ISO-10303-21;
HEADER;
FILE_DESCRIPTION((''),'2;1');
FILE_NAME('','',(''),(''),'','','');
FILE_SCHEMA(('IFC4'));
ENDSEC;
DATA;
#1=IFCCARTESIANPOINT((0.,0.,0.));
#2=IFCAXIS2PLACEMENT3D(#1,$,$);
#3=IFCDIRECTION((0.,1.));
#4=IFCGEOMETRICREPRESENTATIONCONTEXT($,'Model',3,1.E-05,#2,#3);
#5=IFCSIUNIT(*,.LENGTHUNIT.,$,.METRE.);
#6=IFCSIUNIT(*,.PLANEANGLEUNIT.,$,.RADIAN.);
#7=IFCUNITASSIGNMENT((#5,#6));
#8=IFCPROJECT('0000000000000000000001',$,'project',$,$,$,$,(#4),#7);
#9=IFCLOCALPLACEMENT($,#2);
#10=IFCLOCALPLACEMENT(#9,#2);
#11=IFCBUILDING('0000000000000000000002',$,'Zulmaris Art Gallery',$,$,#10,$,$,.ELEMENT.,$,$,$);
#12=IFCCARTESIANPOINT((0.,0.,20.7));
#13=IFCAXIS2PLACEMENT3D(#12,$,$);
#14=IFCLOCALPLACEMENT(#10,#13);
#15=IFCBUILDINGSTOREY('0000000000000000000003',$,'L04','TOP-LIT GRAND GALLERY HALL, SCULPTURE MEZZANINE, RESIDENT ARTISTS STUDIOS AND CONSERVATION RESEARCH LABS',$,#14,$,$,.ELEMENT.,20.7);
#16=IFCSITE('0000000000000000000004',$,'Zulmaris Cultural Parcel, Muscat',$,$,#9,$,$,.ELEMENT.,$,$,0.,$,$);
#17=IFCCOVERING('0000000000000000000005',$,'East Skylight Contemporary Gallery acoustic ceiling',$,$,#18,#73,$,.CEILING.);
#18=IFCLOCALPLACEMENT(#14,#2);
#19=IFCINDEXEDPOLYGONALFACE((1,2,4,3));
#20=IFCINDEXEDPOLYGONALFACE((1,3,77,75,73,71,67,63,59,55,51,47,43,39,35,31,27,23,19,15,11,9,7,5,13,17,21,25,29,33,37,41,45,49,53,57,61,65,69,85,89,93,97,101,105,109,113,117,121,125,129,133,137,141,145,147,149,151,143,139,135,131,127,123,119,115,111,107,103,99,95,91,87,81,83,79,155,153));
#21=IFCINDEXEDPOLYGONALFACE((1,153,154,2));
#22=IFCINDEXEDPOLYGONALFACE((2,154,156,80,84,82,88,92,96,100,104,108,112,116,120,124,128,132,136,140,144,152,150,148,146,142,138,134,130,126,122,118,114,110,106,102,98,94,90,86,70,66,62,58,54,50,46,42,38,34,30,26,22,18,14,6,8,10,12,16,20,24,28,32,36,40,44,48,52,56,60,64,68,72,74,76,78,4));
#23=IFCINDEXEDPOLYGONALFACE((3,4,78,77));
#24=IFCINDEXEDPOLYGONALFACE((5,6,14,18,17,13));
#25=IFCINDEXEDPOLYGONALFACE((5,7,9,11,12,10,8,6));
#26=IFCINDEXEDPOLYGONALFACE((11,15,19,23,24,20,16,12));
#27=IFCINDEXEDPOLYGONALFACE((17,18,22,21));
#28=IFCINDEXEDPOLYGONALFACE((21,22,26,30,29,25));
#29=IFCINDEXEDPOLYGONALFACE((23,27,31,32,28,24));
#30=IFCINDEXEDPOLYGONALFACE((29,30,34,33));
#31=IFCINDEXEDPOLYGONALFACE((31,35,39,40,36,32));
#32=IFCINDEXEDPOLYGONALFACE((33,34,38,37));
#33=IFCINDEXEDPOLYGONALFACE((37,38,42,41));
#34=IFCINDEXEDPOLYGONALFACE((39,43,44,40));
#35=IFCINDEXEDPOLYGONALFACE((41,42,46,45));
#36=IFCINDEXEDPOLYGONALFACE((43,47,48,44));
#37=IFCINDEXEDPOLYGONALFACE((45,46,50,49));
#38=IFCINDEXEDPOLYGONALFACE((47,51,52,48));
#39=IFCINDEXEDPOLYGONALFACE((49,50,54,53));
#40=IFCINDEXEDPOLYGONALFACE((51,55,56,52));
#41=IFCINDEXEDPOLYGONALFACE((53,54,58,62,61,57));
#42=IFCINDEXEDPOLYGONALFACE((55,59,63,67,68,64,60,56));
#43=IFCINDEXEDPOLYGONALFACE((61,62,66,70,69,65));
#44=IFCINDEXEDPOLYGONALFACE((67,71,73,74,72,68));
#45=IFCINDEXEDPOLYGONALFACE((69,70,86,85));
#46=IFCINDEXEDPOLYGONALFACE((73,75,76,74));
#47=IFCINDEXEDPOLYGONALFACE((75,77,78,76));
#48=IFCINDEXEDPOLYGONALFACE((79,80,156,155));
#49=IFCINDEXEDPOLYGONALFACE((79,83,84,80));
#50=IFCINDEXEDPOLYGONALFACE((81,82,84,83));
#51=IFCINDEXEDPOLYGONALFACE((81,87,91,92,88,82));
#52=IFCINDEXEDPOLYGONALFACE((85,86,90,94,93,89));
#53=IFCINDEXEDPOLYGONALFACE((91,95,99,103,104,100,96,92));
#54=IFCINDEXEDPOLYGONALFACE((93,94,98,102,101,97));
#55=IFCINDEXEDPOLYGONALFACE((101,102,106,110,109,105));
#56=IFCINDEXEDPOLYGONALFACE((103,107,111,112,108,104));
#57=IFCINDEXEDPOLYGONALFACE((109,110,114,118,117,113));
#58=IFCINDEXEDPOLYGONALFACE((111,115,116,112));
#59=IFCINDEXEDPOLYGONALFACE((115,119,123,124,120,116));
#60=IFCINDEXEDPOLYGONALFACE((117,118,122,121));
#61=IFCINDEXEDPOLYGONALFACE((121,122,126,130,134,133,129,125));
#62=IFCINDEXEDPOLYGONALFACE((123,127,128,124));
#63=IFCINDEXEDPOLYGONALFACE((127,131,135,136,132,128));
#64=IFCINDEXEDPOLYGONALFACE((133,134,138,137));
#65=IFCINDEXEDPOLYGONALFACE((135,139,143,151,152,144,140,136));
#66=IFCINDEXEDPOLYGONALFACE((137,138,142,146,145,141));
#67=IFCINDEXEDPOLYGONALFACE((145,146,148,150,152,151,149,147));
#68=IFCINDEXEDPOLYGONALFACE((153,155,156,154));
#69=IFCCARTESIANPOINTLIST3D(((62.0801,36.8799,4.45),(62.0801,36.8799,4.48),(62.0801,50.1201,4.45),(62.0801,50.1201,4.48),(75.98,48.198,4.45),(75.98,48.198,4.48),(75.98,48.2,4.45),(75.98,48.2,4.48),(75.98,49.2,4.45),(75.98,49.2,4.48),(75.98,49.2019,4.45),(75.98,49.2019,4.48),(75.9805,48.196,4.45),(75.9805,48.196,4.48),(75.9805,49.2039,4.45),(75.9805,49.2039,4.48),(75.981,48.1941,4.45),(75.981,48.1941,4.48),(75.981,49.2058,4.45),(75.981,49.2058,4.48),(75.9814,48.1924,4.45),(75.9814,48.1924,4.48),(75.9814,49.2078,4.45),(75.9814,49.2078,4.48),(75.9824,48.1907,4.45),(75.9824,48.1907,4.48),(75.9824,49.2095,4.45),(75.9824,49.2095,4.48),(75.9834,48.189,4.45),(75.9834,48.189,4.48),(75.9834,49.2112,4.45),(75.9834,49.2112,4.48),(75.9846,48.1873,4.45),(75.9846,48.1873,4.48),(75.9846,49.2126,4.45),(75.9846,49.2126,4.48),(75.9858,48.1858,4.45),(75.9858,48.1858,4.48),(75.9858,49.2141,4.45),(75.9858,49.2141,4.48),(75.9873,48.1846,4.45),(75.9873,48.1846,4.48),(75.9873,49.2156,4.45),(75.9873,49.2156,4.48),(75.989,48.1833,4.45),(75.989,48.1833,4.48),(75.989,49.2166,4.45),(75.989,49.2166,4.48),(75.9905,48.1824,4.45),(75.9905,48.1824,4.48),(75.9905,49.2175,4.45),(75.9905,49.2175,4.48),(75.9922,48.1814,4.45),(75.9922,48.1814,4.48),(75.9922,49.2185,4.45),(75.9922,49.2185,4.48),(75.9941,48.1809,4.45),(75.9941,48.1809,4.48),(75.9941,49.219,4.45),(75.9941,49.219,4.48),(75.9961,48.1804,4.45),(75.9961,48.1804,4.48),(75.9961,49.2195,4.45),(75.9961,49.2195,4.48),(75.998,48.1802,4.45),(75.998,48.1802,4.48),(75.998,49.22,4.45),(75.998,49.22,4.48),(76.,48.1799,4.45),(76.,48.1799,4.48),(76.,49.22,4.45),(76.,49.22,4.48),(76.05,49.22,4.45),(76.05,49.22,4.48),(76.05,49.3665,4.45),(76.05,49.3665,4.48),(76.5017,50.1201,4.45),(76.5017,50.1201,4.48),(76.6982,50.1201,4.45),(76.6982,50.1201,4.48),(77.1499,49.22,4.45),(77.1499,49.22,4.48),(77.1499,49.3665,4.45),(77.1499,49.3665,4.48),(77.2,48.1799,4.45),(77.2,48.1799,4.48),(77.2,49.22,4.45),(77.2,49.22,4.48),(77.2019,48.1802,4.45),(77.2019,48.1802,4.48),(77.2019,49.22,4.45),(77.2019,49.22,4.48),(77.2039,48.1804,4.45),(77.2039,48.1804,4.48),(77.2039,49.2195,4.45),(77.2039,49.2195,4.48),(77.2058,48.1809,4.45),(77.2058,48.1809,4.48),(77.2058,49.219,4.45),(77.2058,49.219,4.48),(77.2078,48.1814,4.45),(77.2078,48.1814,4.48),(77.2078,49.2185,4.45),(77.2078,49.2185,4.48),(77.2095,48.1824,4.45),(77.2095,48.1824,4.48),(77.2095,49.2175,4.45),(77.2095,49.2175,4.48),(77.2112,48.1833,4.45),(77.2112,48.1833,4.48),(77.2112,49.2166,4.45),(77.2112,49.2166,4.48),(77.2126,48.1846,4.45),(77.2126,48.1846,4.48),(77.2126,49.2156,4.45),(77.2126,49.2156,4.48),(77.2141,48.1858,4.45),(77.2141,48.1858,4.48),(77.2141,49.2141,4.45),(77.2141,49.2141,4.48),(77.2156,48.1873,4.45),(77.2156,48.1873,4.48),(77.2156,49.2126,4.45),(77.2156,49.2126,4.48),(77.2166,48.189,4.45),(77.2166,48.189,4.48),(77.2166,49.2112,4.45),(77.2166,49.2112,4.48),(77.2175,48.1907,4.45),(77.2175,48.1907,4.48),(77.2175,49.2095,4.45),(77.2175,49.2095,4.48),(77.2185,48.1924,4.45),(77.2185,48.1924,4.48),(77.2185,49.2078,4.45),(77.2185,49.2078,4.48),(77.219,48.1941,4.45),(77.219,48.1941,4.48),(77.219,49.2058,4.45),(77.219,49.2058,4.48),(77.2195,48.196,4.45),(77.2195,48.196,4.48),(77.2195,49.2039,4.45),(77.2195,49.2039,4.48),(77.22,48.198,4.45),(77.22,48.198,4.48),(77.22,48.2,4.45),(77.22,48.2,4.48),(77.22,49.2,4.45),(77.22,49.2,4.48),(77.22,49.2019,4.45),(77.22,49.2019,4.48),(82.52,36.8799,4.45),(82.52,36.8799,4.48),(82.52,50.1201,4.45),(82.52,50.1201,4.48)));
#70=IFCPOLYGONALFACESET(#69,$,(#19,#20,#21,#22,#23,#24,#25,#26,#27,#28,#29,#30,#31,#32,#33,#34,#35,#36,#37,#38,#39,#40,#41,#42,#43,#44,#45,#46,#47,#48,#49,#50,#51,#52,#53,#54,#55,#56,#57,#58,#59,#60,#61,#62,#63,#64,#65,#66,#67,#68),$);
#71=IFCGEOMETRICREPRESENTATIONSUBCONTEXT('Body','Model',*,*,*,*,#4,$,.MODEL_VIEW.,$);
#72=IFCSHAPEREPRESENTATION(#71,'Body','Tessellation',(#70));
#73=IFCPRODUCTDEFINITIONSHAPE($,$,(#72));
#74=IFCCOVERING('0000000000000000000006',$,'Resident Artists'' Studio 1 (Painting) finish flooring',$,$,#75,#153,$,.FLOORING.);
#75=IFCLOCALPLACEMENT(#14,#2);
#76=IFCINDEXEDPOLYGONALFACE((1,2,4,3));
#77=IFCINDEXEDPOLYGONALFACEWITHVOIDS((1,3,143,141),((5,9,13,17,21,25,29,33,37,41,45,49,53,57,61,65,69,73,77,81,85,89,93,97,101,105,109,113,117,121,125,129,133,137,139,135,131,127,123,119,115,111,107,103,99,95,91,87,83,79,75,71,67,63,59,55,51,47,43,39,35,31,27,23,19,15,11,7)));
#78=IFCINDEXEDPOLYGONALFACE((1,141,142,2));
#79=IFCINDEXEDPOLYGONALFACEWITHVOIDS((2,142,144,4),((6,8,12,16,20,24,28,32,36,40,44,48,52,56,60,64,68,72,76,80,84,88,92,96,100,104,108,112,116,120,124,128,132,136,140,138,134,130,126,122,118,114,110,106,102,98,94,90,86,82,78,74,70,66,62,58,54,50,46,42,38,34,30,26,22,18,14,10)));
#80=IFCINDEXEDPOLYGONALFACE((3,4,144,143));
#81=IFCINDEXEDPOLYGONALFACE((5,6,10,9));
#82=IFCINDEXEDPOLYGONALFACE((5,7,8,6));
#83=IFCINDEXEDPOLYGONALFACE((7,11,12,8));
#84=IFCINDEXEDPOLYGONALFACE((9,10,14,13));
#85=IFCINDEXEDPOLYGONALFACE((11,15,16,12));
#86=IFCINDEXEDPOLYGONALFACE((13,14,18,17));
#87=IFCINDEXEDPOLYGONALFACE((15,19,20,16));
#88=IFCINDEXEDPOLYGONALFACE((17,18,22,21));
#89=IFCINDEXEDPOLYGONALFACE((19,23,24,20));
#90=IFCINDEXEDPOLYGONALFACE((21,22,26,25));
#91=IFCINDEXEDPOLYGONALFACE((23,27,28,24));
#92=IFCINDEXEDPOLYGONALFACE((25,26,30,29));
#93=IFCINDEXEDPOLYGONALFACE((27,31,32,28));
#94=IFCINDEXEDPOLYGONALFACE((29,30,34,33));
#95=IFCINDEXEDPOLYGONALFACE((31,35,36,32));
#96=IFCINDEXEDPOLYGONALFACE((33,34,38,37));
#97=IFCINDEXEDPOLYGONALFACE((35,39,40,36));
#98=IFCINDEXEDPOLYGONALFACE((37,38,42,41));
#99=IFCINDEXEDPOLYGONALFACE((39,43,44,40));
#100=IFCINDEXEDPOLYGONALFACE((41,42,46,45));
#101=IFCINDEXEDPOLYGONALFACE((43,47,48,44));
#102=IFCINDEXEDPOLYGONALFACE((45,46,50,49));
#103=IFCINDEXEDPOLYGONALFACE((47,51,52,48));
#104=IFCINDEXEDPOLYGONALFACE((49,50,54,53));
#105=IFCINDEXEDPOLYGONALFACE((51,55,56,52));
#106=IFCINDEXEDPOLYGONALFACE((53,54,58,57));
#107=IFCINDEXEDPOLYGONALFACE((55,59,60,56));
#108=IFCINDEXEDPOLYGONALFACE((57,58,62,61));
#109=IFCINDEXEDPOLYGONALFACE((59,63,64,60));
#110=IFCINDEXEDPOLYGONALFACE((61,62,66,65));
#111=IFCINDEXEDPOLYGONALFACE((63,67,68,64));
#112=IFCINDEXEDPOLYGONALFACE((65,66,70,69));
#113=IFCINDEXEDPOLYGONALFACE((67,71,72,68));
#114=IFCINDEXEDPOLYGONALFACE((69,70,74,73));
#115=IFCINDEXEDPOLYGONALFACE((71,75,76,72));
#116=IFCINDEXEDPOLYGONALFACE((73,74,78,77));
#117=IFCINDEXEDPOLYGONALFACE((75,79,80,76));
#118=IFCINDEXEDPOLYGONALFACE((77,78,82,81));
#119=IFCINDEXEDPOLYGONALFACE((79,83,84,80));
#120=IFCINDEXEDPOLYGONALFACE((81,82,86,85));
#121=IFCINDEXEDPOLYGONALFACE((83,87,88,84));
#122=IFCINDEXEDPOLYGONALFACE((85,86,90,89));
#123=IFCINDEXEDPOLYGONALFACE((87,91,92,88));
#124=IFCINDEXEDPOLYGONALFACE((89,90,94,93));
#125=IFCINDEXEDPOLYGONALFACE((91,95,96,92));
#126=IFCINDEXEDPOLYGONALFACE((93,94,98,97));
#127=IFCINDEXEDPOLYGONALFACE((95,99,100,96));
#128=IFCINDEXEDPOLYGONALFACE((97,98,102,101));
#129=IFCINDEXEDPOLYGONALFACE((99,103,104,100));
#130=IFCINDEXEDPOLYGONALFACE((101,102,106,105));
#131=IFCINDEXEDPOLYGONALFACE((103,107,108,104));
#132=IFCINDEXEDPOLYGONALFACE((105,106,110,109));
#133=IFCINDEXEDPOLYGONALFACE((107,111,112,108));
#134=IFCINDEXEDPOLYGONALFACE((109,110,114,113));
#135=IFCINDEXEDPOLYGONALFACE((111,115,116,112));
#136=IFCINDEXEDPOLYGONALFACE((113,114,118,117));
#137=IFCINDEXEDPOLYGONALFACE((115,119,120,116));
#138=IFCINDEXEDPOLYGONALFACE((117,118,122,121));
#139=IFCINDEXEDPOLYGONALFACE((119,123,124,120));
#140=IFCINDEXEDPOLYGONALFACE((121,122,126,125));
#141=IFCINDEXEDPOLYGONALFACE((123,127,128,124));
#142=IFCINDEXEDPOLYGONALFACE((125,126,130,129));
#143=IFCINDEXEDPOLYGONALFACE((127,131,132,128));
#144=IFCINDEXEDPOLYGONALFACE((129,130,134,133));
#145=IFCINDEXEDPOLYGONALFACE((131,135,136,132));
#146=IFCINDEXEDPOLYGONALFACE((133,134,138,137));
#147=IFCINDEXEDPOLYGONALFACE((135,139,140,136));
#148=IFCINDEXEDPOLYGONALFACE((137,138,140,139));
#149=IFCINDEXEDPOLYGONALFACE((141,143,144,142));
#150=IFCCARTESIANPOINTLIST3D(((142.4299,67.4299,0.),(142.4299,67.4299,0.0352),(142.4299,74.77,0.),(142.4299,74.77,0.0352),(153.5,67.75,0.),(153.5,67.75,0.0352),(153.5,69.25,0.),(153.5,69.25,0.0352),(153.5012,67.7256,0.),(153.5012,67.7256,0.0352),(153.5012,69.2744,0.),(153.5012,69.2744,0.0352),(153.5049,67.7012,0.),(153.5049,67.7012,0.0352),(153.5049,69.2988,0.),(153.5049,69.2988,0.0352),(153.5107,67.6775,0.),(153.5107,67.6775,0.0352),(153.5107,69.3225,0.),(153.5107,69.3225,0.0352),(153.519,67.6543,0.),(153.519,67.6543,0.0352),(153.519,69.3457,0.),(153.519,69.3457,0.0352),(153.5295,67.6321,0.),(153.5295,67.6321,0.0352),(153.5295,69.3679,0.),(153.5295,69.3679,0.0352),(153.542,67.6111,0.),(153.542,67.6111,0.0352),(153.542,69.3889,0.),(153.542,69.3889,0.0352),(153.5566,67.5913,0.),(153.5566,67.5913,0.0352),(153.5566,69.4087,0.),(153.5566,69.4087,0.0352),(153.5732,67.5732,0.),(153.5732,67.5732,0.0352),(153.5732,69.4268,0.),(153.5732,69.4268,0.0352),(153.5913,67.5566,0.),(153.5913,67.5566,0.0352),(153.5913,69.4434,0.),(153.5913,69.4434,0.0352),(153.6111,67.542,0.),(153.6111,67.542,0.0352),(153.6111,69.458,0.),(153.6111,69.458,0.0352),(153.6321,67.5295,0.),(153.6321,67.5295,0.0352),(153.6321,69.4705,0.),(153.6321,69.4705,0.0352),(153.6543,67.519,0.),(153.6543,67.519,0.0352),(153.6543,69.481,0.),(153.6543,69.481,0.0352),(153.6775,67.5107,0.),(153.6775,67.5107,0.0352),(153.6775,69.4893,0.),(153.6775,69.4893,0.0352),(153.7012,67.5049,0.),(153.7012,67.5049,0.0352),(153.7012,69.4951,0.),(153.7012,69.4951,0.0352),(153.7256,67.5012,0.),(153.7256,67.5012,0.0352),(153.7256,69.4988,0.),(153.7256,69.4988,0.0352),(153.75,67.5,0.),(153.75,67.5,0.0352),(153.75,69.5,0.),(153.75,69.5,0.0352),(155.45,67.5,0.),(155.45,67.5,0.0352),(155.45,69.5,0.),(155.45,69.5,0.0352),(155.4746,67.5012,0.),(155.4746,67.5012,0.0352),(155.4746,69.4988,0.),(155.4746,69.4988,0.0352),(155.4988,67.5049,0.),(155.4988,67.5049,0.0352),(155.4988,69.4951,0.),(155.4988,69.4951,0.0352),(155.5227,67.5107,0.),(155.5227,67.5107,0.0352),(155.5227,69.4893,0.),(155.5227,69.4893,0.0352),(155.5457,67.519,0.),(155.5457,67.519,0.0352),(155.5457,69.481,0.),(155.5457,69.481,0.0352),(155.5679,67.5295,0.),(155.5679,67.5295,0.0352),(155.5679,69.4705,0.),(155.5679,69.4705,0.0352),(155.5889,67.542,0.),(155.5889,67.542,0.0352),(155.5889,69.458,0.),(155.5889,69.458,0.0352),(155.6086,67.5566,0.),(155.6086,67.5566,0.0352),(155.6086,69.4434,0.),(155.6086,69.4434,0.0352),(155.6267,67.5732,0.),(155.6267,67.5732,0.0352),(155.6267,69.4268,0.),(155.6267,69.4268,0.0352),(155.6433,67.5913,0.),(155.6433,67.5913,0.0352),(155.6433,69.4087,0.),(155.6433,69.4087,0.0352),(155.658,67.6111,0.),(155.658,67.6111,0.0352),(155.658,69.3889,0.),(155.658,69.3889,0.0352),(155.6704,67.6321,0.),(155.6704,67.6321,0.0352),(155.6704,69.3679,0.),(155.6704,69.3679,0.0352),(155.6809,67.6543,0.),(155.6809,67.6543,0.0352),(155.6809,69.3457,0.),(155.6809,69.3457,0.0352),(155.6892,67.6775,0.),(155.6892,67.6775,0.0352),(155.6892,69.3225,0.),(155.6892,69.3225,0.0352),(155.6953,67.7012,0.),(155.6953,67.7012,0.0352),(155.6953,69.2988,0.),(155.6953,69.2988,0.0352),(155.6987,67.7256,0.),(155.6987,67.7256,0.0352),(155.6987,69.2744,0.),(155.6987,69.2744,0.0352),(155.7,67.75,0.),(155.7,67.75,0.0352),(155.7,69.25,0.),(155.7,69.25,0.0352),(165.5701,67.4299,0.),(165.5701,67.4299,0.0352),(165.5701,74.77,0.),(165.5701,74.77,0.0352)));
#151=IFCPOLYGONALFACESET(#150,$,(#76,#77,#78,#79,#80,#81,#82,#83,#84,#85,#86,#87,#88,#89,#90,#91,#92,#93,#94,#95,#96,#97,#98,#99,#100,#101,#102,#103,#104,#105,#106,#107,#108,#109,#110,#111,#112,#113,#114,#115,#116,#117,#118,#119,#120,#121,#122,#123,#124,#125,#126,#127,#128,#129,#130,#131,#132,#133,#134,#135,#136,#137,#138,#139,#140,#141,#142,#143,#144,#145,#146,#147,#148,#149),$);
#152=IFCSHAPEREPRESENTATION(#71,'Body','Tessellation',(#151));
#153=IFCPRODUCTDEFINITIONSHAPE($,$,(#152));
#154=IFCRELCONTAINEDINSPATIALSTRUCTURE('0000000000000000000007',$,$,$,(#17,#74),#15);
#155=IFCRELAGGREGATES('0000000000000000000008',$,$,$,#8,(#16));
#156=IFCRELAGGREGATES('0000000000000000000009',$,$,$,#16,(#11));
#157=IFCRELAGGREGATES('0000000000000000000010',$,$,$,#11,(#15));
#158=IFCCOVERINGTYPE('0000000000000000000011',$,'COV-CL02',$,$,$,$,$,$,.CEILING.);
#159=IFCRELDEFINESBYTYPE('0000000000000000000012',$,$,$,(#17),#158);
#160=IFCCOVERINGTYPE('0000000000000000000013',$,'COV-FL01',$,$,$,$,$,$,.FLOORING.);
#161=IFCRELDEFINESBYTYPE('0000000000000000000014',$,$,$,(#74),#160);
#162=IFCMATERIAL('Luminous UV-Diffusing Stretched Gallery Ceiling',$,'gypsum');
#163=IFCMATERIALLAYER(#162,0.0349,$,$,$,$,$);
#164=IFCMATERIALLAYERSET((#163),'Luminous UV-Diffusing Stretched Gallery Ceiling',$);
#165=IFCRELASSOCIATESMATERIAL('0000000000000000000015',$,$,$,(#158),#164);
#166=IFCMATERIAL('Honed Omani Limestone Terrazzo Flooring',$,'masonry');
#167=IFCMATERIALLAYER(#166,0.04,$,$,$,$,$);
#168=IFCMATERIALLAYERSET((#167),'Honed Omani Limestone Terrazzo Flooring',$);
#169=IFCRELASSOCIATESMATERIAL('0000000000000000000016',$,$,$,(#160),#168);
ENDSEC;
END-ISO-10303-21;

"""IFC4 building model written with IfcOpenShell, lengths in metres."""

from ifc_helpers import new_model, si_unit, direction, frame, origin, place, context, subcontext, project, spatial, polyline, outline, extrude, material, layer, layer_set, type_object, element, save


model = new_model("IFC4")

# Units and contexts
model_context = context("Model", 3, precision=1e-05, world=origin(), true_north=direction((0.0, 1.0)))
body_context = subcontext(model_context, "Body", "Model", "MODEL_VIEW")
ifc_project = project(units=[si_unit("LENGTHUNIT", "METRE"), si_unit("PLANEANGLEUNIT", "RADIAN")], contexts=[model_context])

# Site, building, storey
site_placement = place(None, origin())
site = spatial("IfcSite", under=ifc_project, at=site_placement, Name="Zulmaris Cultural Parcel, Muscat", CompositionType="ELEMENT", RefElevation=0.0)
building_placement = place(site_placement, origin())
building = spatial("IfcBuilding", under=site, at=building_placement, Name="Zulmaris Art Gallery", CompositionType="ELEMENT")
storey_placement = place(building_placement, frame((0.0, 0.0, 20.7)))
storey = spatial("IfcBuildingStorey", under=building, at=storey_placement, Name="L04", Description="TOP-LIT GRAND GALLERY HALL, SCULPTURE MEZZANINE, RESIDENT ARTISTS STUDIOS AND CONSERVATION RESEARCH LABS", CompositionType="ELEMENT", Elevation=20.7)

# Coverings
ifc_material_1 = material(Name="Luminous UV-Diffusing Stretched Gallery Ceiling", Category="gypsum")
ifc_layer_1 = layer(ifc_material_1, 0.0349)
ifc_layer_set_1 = layer_set([ifc_layer_1], Name="Luminous UV-Diffusing Stretched Gallery Ceiling")
covering_type_1 = type_object("IfcCoveringType", Name="COV-CL02", PredefinedType="CEILING", material=ifc_layer_set_1)
covering_1_placement = place(storey_placement, frame((0.0, 0.0, 4.45)))
element("IfcCovering", 1, at=covering_1_placement, inside=storey, type_object=covering_type_1, Name="East Skylight Contemporary Gallery acoustic ceiling", PredefinedType="CEILING", context=body_context, shape_type="SweptSolid", body=[
    extrude(outline(polyline([(77.1499, 49.3665), (76.6982, 50.1201), (82.52, 50.1201), (82.52, 36.8799), (62.0801, 36.8799), (62.0801, 50.1201), (76.5017, 50.1201), (76.05, 49.3665), (76.05, 49.22), (76.0, 49.22), (75.998, 49.22), (75.9961, 49.2195), (75.9941, 49.219), (75.9922, 49.2185), (75.9905, 49.2175), (75.989, 49.2166), (75.9873, 49.2156), (75.9858, 49.2141), (75.9846, 49.2126), (75.9834, 49.2112), (75.9824, 49.2095), (75.9814, 49.2078), (75.981, 49.2058), (75.9805, 49.2039), (75.98, 49.2019), (75.98, 49.2), (75.98, 48.2), (75.98, 48.198), (75.9805, 48.196), (75.981, 48.1941), (75.9814, 48.1924), (75.9824, 48.1907), (75.9834, 48.189), (75.9846, 48.1873), (75.9858, 48.1858), (75.9873, 48.1846), (75.989, 48.1833), (75.9905, 48.1824), (75.9922, 48.1814), (75.9941, 48.1809), (75.9961, 48.1804), (75.998, 48.1802), (76.0, 48.1799), (77.2, 48.1799), (77.2019, 48.1802), (77.2039, 48.1804), (77.2058, 48.1809), (77.2078, 48.1814), (77.2095, 48.1824), (77.2112, 48.1833), (77.2126, 48.1846), (77.2141, 48.1858), (77.2156, 48.1873), (77.2166, 48.189), (77.2175, 48.1907), (77.2185, 48.1924), (77.219, 48.1941), (77.2195, 48.196), (77.22, 48.198), (77.22, 48.2), (77.22, 49.2), (77.22, 49.2019), (77.2195, 49.2039), (77.219, 49.2058), (77.2185, 49.2078), (77.2175, 49.2095), (77.2166, 49.2112), (77.2156, 49.2126), (77.2141, 49.2141), (77.2126, 49.2156), (77.2112, 49.2166), (77.2095, 49.2175), (77.2078, 49.2185), (77.2058, 49.219), (77.2039, 49.2195), (77.2019, 49.22), (77.2, 49.22), (77.1499, 49.22), (77.1499, 49.3665)])), origin(), (0.0, 0.0, 1.0), 0.03),
])
ifc_material_2 = material(Name="Honed Omani Limestone Terrazzo Flooring", Category="masonry")
ifc_layer_2 = layer(ifc_material_2, 0.04)
ifc_layer_set_2 = layer_set([ifc_layer_2], Name="Honed Omani Limestone Terrazzo Flooring")
covering_type_2 = type_object("IfcCoveringType", Name="COV-FL01", PredefinedType="FLOORING", material=ifc_layer_set_2)
covering_2_placement = place(storey_placement, origin())
element("IfcCovering", 2, at=covering_2_placement, inside=storey, type_object=covering_type_2, Name="Resident Artists' Studio 1 (Painting) finish flooring", PredefinedType="FLOORING", context=body_context, shape_type="SweptSolid", body=[
    extrude(outline(polyline([(165.5701, 67.4299), (142.4299, 67.4299), (142.4299, 74.77), (165.5701, 74.77), (165.5701, 67.4299)]), holes=[polyline([(153.5012, 67.7256), (153.5049, 67.7012), (153.5107, 67.6775), (153.519, 67.6543), (153.5295, 67.6321), (153.542, 67.6111), (153.5566, 67.5913), (153.5732, 67.5732), (153.5913, 67.5566), (153.6111, 67.542), (153.6321, 67.5295), (153.6543, 67.519), (153.6775, 67.5107), (153.7012, 67.5049), (153.7256, 67.5012), (153.75, 67.5), (155.45, 67.5), (155.4746, 67.5012), (155.4988, 67.5049), (155.5227, 67.5107), (155.5457, 67.519), (155.5679, 67.5295), (155.5889, 67.542), (155.6086, 67.5566), (155.6267, 67.5732), (155.6433, 67.5913), (155.658, 67.6111), (155.6704, 67.6321), (155.6809, 67.6543), (155.6892, 67.6775), (155.6953, 67.7012), (155.6987, 67.7256), (155.7, 67.75), (155.7, 69.25), (155.6987, 69.2744), (155.6953, 69.2988), (155.6892, 69.3225), (155.6809, 69.3457), (155.6704, 69.3679), (155.658, 69.3889), (155.6433, 69.4087), (155.6267, 69.4268), (155.6086, 69.4434), (155.5889, 69.458), (155.5679, 69.4705), (155.5457, 69.481), (155.5227, 69.4893), (155.4988, 69.4951), (155.4746, 69.4988), (155.45, 69.5), (153.75, 69.5), (153.7256, 69.4988), (153.7012, 69.4951), (153.6775, 69.4893), (153.6543, 69.481), (153.6321, 69.4705), (153.6111, 69.458), (153.5913, 69.4434), (153.5732, 69.4268), (153.5566, 69.4087), (153.542, 69.3889), (153.5295, 69.3679), (153.519, 69.3457), (153.5107, 69.3225), (153.5049, 69.2988), (153.5012, 69.2744), (153.5, 69.25), (153.5, 67.75), (153.5012, 67.7256)])]), origin(), (0.0, 0.0, 1.0), 0.0352),
])

save(model, "model.ifc")
